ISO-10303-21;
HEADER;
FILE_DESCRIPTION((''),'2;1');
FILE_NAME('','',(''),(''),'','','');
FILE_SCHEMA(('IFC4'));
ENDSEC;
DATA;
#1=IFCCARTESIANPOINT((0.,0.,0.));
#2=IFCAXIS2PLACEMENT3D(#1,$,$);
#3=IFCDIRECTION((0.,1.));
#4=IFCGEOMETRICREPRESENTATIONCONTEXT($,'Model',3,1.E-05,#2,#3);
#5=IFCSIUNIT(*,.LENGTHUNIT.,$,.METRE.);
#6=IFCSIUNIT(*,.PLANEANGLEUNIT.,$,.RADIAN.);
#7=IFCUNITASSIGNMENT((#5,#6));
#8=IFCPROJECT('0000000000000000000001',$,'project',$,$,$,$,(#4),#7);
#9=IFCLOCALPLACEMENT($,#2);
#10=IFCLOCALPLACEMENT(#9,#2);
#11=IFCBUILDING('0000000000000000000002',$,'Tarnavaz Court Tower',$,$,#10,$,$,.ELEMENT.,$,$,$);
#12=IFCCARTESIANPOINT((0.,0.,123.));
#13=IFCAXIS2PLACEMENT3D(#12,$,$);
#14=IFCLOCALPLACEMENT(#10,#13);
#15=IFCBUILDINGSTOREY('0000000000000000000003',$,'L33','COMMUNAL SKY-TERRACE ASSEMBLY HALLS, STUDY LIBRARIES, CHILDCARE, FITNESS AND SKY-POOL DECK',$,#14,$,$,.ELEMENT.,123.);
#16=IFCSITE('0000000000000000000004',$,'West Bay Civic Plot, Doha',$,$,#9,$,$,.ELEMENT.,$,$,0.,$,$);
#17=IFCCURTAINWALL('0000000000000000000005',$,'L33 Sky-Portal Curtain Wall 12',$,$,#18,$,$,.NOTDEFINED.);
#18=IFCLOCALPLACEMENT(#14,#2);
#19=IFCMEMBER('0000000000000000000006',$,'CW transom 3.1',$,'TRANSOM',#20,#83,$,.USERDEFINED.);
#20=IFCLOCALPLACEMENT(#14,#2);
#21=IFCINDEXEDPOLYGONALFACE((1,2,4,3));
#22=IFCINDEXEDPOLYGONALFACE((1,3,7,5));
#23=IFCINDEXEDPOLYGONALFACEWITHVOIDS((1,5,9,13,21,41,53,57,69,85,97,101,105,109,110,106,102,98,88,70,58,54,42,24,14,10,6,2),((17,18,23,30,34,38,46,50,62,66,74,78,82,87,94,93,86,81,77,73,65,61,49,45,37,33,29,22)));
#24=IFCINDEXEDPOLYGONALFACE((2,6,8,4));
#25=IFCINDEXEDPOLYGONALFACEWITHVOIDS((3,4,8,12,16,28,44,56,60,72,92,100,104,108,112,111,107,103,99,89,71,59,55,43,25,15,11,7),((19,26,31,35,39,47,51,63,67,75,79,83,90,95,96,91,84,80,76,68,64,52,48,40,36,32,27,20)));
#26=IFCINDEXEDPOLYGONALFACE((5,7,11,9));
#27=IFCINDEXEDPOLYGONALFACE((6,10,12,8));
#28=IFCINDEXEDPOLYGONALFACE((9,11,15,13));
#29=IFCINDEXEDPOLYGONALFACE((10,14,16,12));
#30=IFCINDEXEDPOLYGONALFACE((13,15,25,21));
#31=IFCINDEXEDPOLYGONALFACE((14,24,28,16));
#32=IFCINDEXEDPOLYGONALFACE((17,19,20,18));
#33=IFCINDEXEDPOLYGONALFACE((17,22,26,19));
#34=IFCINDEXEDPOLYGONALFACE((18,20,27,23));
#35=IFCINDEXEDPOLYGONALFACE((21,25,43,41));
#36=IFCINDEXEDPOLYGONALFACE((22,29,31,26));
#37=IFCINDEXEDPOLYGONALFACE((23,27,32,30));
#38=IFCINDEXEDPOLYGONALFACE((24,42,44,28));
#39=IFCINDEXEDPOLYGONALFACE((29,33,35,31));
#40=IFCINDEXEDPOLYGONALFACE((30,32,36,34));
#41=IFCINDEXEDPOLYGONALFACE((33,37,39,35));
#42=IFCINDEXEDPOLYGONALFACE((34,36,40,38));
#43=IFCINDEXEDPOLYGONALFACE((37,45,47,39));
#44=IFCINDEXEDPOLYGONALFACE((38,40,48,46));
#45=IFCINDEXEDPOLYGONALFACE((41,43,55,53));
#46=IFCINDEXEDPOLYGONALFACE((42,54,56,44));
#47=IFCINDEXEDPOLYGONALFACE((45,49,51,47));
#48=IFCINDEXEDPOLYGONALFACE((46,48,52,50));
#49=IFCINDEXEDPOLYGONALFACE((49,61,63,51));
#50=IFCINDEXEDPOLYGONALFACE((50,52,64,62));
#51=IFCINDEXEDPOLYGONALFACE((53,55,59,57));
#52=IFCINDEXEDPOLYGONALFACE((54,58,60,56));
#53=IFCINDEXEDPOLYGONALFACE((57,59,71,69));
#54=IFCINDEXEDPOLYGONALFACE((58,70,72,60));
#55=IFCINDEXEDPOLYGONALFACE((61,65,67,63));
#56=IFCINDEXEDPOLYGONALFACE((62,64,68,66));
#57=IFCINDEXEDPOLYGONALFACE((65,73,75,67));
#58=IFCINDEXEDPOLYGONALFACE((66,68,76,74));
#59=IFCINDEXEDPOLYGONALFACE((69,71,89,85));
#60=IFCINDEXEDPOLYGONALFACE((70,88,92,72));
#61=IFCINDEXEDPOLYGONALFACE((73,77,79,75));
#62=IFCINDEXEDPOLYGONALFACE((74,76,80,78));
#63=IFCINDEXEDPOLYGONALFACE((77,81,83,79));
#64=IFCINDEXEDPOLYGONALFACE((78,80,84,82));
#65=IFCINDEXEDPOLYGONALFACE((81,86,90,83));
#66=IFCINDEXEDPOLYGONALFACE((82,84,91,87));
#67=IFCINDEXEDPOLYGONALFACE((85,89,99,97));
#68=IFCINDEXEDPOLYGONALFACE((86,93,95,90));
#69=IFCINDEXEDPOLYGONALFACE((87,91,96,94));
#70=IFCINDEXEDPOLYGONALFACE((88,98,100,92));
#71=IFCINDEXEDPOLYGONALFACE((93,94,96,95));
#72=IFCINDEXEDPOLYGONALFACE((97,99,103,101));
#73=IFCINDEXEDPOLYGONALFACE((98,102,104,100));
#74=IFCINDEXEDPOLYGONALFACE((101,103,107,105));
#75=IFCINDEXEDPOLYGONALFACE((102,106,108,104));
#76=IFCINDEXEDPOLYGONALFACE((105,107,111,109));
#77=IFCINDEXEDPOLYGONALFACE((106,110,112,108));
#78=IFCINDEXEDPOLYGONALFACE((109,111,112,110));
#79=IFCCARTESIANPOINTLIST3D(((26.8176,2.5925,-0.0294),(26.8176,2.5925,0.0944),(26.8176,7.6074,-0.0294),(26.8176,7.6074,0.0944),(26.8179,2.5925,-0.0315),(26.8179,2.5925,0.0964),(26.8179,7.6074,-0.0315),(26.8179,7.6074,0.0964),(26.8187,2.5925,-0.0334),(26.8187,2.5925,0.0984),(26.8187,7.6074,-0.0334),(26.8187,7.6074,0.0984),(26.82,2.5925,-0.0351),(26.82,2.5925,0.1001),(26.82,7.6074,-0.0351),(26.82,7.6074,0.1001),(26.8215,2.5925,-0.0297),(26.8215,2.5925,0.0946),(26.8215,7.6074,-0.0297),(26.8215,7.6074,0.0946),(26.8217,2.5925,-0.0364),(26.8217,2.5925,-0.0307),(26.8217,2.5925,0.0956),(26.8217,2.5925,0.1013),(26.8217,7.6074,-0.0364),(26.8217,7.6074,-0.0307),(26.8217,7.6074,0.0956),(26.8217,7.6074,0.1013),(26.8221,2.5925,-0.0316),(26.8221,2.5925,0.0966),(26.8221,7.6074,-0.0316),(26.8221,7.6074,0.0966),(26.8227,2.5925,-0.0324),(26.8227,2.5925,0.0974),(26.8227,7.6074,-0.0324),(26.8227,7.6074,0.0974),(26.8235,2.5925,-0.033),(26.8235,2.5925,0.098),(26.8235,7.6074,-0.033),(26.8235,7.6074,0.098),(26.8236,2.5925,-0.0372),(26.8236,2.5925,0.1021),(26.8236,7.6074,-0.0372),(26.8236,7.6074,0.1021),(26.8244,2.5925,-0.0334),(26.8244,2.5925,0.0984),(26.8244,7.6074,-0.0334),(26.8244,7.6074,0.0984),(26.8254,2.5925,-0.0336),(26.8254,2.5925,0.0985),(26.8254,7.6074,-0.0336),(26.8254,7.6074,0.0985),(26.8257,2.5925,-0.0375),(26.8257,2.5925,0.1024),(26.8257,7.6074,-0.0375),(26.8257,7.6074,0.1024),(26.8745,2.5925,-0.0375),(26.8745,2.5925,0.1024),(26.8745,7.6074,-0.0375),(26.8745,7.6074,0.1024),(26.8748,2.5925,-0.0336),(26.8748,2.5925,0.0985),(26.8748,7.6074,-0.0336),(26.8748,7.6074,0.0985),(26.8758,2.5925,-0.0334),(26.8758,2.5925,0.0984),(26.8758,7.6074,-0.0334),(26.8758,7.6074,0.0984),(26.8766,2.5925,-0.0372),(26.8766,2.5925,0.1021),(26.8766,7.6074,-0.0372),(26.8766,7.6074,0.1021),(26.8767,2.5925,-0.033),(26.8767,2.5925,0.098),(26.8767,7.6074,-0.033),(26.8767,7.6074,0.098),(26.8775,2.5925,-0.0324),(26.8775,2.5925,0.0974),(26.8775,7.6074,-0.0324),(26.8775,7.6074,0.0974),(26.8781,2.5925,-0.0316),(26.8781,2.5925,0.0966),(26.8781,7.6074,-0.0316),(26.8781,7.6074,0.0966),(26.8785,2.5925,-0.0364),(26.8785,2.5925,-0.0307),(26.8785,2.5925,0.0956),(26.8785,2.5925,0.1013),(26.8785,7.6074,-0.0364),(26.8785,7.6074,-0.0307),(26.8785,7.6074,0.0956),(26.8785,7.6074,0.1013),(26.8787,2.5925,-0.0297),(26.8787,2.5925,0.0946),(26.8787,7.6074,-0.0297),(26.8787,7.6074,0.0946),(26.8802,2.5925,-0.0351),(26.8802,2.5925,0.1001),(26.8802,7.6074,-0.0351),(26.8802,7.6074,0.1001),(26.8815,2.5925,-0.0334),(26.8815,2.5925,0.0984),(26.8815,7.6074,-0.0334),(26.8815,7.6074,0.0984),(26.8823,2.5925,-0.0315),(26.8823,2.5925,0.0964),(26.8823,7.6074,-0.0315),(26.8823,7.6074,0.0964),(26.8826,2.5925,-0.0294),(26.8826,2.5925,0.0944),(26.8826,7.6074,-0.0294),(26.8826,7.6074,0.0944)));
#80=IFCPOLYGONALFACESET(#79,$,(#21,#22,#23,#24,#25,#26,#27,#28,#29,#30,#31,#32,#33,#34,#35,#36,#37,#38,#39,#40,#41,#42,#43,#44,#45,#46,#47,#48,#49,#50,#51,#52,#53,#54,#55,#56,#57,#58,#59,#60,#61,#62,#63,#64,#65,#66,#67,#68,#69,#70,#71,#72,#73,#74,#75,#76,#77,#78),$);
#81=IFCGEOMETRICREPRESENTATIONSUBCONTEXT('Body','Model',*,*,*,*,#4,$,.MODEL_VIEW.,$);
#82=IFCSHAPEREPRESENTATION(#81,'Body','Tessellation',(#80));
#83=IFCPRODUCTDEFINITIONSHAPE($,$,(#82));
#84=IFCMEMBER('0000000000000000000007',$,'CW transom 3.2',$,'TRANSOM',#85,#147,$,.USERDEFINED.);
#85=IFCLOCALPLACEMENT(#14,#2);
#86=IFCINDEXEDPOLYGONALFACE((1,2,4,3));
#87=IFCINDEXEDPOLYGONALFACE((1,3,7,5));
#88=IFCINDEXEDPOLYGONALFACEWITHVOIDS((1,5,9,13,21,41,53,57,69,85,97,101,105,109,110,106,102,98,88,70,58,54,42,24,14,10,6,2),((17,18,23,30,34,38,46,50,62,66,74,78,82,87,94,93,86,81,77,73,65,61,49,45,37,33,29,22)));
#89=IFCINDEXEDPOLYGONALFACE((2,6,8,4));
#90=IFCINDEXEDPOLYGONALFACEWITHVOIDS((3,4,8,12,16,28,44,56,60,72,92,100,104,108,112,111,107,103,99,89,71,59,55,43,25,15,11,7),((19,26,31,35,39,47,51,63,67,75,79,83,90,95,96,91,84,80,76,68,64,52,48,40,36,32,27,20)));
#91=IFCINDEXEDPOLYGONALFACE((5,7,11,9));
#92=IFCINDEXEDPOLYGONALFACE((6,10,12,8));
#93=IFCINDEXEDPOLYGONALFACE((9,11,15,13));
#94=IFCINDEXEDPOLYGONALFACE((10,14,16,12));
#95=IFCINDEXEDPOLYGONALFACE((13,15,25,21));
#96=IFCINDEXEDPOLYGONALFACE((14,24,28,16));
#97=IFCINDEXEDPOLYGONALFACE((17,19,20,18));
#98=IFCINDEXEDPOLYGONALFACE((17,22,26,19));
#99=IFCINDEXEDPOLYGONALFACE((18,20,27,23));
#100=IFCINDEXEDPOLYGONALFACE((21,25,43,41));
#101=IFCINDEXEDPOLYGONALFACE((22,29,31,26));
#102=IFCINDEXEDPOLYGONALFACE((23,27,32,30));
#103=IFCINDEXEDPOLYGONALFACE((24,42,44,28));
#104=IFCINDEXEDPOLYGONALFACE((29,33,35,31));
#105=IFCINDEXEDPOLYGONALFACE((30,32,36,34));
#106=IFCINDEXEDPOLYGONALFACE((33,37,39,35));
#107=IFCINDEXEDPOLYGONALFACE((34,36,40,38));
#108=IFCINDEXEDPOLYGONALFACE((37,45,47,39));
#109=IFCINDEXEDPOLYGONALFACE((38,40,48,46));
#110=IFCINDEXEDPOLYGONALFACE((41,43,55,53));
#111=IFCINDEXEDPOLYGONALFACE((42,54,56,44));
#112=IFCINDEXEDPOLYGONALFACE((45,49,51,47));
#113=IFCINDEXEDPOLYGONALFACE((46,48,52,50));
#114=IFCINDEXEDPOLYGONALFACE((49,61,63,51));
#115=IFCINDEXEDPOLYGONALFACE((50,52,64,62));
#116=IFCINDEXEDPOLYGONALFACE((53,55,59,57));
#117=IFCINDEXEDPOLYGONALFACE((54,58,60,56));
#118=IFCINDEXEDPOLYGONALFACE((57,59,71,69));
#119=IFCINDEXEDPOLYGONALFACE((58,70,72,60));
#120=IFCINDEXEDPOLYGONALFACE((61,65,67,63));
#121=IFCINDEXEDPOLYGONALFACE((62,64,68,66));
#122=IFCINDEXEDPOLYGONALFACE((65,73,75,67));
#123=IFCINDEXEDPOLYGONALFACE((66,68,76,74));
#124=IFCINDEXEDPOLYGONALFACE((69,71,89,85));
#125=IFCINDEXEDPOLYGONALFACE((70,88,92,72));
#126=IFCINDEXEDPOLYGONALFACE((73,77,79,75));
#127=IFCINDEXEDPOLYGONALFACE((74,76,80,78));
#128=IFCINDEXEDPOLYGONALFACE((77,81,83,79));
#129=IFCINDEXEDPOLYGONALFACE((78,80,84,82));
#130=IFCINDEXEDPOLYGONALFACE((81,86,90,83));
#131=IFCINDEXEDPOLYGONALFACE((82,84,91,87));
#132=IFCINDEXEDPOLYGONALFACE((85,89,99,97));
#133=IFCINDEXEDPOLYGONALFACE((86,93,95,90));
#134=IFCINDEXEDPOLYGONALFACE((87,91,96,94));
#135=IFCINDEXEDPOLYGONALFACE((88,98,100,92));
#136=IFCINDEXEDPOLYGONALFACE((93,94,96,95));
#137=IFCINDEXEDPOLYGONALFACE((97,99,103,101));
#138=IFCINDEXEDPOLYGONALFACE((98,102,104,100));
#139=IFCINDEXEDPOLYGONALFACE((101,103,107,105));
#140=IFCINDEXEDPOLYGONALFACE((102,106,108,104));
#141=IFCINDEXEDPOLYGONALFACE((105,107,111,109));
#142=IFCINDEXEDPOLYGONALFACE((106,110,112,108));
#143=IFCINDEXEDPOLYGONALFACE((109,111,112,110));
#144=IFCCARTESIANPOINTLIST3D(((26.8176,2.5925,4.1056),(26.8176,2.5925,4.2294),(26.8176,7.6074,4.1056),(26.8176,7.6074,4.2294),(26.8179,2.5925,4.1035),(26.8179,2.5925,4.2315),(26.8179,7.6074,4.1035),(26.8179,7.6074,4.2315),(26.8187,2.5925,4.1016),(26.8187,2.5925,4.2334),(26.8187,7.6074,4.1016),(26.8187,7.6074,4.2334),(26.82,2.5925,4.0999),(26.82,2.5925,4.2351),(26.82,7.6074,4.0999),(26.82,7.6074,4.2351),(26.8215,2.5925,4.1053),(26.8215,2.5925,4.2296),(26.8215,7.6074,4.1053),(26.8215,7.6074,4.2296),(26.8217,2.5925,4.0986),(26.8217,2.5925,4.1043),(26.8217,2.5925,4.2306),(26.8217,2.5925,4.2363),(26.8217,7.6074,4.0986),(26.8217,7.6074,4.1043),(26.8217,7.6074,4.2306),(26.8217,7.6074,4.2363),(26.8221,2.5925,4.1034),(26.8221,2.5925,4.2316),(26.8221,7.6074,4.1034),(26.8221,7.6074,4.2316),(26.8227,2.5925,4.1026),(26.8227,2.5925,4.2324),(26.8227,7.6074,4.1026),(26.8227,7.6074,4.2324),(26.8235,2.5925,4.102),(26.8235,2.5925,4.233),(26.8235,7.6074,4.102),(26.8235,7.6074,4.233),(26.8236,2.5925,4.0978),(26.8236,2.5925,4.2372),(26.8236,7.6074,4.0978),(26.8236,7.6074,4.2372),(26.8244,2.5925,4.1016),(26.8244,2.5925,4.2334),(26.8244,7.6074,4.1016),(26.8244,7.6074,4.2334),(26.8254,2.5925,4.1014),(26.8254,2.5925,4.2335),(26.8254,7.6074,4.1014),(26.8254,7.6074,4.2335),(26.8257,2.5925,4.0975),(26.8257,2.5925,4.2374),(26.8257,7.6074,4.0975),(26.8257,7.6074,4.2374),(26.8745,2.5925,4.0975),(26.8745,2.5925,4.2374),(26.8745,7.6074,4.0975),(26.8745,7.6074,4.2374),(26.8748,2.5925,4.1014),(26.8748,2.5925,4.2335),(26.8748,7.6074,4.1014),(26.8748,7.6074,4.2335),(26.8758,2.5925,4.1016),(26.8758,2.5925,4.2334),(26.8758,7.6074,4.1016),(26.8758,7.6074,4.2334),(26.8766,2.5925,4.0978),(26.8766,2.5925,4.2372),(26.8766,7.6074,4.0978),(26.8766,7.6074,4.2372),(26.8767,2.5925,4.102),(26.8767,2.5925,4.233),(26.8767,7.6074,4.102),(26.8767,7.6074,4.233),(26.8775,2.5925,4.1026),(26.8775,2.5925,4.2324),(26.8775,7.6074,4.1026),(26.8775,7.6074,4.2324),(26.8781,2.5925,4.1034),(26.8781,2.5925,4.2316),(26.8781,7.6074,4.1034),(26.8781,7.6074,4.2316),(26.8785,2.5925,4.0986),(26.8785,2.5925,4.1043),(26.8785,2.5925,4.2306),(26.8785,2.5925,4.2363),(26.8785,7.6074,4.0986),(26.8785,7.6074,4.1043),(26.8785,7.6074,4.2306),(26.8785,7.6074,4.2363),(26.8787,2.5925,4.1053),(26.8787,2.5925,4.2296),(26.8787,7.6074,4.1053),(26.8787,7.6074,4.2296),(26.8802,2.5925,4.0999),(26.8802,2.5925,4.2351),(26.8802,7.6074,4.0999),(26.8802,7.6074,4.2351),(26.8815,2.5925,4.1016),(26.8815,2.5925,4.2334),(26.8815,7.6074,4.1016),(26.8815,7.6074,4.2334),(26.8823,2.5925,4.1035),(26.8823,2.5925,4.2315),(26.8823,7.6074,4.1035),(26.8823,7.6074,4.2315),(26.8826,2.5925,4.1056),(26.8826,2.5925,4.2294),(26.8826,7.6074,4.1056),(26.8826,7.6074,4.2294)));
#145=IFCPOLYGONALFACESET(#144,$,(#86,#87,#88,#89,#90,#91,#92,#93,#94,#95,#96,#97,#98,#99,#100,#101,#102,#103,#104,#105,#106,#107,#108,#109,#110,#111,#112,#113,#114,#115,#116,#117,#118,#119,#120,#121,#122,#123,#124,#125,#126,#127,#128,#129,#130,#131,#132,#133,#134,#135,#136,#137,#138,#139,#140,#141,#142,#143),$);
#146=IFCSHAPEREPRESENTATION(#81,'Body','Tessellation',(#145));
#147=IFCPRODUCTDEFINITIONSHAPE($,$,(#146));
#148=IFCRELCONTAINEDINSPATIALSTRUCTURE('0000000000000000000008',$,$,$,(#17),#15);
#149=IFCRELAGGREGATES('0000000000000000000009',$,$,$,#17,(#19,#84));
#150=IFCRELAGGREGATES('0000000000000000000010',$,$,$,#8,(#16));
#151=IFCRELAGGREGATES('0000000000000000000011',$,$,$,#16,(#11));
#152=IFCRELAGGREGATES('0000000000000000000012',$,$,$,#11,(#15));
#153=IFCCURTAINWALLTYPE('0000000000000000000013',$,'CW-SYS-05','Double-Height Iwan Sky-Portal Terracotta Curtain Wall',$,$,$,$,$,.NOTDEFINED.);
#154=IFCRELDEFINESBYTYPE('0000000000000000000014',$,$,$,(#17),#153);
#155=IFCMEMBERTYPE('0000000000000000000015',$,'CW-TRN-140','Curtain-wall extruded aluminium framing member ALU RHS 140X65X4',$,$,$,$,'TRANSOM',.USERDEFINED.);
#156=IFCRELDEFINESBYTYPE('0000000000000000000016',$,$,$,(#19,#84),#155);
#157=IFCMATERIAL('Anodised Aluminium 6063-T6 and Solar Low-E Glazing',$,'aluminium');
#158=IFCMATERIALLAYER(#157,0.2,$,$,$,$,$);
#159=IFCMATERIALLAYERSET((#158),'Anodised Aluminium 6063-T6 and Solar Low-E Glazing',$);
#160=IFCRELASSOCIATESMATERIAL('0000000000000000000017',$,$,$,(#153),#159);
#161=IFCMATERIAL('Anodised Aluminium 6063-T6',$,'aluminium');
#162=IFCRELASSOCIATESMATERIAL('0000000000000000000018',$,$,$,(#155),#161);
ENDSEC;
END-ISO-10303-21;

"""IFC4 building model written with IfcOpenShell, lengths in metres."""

from ifc_helpers import new_model, si_unit, direction, frame, origin, origin_2d, place, context, subcontext, project, spatial, hollow_rectangle, extrude, material, layer, layer_set, material_profile, profile_set, type_object, element, aggregate, save


model = new_model("IFC4")

# Units and contexts
model_context = context("Model", 3, precision=1e-05, world=origin(), true_north=direction((0.0, 1.0)))
body_context = subcontext(model_context, "Body", "Model", "MODEL_VIEW")
ifc_project = project(units=[si_unit("LENGTHUNIT", "METRE"), si_unit("PLANEANGLEUNIT", "RADIAN")], contexts=[model_context])

# Site, building, storey
site_placement = place(None, origin())
site = spatial("IfcSite", under=ifc_project, at=site_placement, Name="West Bay Civic Plot, Doha", CompositionType="ELEMENT", RefElevation=0.0)
building_placement = place(site_placement, origin())
building = spatial("IfcBuilding", under=site, at=building_placement, Name="Tarnavaz Court Tower", CompositionType="ELEMENT")
storey_placement = place(building_placement, frame((0.0, 0.0, 123.0)))
storey = spatial("IfcBuildingStorey", under=building, at=storey_placement, Name="L33", Description="COMMUNAL SKY-TERRACE ASSEMBLY HALLS, STUDY LIBRARIES, CHILDCARE, FITNESS AND SKY-POOL DECK", CompositionType="ELEMENT", Elevation=123.0)

# Curtain wall, members
ifc_material_1 = material(Name="Anodised Aluminium 6063-T6 and Solar Low-E Glazing", Category="aluminium")
ifc_layer_1 = layer(ifc_material_1, 0.2)
ifc_layer_set_1 = layer_set([ifc_layer_1], Name="Anodised Aluminium 6063-T6 and Solar Low-E Glazing")
curtain_wall_type = type_object("IfcCurtainWallType", Name="CW-SYS-05", Description="Double-Height Iwan Sky-Portal Terracotta Curtain Wall", PredefinedType="NOTDEFINED", material=ifc_layer_set_1)
curtain_wall_placement = place(storey_placement, origin())
curtain_wall = element("IfcCurtainWall", 1, at=curtain_wall_placement, inside=storey, type_object=curtain_wall_type, Name="L33 Sky-Portal Curtain Wall 12", PredefinedType="NOTDEFINED")
ifc_material_2 = material(Name="Anodised Aluminium 6063-T6", Category="aluminium")
ifc_material_profile_1 = material_profile(ifc_material_2, hollow_rectangle(XDim=0.0649, YDim=0.1399, WallThickness=0.0039, InnerFilletRadius=0.0039, OuterFilletRadius=0.0081, at=origin_2d()), Name="ALU RHS 140X65X4")
ifc_profile_set_1 = profile_set([ifc_material_profile_1], Name="Anodised Aluminium 6063-T6")
member_type_1 = type_object("IfcMemberType", Name="CW-TRN-140", Description="Curtain-wall extruded aluminium framing member ALU RHS 140X65X4", ElementType="TRANSOM", PredefinedType="USERDEFINED", material=ifc_profile_set_1)
member_1_placement = place(storey_placement, frame((26.8501, 7.6074, 0.0325), z_axis=(0.0, -1.0, 0.0), x_axis=(1.0, 0.0, 0.0)))
member_1 = element("IfcMember", 2, at=member_1_placement, type_object=member_type_1, Name="CW transom 3.1", ObjectType="TRANSOM", PredefinedType="USERDEFINED", context=body_context, shape_type="SweptSolid", body=[
    extrude(hollow_rectangle(XDim=0.0649, YDim=0.1399, WallThickness=0.0039, InnerFilletRadius=0.0039, OuterFilletRadius=0.0081, at=origin_2d()), origin(), (0.0, 0.0, 1.0), 5.0149),
])
member_2_placement = place(storey_placement, frame((26.8501, 7.6074, 4.1675), z_axis=(0.0, -1.0, 0.0), x_axis=(1.0, 0.0, 0.0)))
member_2 = element("IfcMember", 3, at=member_2_placement, type_object=member_type_1, Name="CW transom 3.2", ObjectType="TRANSOM", PredefinedType="USERDEFINED", context=body_context, shape_type="SweptSolid", body=[
    extrude(hollow_rectangle(XDim=0.0649, YDim=0.1399, WallThickness=0.0039, InnerFilletRadius=0.0039, OuterFilletRadius=0.0081, at=origin_2d()), origin(), (0.0, 0.0, 1.0), 5.0149),
])
aggregate(curtain_wall, [member_1, member_2])

save(model, "model.ifc")
